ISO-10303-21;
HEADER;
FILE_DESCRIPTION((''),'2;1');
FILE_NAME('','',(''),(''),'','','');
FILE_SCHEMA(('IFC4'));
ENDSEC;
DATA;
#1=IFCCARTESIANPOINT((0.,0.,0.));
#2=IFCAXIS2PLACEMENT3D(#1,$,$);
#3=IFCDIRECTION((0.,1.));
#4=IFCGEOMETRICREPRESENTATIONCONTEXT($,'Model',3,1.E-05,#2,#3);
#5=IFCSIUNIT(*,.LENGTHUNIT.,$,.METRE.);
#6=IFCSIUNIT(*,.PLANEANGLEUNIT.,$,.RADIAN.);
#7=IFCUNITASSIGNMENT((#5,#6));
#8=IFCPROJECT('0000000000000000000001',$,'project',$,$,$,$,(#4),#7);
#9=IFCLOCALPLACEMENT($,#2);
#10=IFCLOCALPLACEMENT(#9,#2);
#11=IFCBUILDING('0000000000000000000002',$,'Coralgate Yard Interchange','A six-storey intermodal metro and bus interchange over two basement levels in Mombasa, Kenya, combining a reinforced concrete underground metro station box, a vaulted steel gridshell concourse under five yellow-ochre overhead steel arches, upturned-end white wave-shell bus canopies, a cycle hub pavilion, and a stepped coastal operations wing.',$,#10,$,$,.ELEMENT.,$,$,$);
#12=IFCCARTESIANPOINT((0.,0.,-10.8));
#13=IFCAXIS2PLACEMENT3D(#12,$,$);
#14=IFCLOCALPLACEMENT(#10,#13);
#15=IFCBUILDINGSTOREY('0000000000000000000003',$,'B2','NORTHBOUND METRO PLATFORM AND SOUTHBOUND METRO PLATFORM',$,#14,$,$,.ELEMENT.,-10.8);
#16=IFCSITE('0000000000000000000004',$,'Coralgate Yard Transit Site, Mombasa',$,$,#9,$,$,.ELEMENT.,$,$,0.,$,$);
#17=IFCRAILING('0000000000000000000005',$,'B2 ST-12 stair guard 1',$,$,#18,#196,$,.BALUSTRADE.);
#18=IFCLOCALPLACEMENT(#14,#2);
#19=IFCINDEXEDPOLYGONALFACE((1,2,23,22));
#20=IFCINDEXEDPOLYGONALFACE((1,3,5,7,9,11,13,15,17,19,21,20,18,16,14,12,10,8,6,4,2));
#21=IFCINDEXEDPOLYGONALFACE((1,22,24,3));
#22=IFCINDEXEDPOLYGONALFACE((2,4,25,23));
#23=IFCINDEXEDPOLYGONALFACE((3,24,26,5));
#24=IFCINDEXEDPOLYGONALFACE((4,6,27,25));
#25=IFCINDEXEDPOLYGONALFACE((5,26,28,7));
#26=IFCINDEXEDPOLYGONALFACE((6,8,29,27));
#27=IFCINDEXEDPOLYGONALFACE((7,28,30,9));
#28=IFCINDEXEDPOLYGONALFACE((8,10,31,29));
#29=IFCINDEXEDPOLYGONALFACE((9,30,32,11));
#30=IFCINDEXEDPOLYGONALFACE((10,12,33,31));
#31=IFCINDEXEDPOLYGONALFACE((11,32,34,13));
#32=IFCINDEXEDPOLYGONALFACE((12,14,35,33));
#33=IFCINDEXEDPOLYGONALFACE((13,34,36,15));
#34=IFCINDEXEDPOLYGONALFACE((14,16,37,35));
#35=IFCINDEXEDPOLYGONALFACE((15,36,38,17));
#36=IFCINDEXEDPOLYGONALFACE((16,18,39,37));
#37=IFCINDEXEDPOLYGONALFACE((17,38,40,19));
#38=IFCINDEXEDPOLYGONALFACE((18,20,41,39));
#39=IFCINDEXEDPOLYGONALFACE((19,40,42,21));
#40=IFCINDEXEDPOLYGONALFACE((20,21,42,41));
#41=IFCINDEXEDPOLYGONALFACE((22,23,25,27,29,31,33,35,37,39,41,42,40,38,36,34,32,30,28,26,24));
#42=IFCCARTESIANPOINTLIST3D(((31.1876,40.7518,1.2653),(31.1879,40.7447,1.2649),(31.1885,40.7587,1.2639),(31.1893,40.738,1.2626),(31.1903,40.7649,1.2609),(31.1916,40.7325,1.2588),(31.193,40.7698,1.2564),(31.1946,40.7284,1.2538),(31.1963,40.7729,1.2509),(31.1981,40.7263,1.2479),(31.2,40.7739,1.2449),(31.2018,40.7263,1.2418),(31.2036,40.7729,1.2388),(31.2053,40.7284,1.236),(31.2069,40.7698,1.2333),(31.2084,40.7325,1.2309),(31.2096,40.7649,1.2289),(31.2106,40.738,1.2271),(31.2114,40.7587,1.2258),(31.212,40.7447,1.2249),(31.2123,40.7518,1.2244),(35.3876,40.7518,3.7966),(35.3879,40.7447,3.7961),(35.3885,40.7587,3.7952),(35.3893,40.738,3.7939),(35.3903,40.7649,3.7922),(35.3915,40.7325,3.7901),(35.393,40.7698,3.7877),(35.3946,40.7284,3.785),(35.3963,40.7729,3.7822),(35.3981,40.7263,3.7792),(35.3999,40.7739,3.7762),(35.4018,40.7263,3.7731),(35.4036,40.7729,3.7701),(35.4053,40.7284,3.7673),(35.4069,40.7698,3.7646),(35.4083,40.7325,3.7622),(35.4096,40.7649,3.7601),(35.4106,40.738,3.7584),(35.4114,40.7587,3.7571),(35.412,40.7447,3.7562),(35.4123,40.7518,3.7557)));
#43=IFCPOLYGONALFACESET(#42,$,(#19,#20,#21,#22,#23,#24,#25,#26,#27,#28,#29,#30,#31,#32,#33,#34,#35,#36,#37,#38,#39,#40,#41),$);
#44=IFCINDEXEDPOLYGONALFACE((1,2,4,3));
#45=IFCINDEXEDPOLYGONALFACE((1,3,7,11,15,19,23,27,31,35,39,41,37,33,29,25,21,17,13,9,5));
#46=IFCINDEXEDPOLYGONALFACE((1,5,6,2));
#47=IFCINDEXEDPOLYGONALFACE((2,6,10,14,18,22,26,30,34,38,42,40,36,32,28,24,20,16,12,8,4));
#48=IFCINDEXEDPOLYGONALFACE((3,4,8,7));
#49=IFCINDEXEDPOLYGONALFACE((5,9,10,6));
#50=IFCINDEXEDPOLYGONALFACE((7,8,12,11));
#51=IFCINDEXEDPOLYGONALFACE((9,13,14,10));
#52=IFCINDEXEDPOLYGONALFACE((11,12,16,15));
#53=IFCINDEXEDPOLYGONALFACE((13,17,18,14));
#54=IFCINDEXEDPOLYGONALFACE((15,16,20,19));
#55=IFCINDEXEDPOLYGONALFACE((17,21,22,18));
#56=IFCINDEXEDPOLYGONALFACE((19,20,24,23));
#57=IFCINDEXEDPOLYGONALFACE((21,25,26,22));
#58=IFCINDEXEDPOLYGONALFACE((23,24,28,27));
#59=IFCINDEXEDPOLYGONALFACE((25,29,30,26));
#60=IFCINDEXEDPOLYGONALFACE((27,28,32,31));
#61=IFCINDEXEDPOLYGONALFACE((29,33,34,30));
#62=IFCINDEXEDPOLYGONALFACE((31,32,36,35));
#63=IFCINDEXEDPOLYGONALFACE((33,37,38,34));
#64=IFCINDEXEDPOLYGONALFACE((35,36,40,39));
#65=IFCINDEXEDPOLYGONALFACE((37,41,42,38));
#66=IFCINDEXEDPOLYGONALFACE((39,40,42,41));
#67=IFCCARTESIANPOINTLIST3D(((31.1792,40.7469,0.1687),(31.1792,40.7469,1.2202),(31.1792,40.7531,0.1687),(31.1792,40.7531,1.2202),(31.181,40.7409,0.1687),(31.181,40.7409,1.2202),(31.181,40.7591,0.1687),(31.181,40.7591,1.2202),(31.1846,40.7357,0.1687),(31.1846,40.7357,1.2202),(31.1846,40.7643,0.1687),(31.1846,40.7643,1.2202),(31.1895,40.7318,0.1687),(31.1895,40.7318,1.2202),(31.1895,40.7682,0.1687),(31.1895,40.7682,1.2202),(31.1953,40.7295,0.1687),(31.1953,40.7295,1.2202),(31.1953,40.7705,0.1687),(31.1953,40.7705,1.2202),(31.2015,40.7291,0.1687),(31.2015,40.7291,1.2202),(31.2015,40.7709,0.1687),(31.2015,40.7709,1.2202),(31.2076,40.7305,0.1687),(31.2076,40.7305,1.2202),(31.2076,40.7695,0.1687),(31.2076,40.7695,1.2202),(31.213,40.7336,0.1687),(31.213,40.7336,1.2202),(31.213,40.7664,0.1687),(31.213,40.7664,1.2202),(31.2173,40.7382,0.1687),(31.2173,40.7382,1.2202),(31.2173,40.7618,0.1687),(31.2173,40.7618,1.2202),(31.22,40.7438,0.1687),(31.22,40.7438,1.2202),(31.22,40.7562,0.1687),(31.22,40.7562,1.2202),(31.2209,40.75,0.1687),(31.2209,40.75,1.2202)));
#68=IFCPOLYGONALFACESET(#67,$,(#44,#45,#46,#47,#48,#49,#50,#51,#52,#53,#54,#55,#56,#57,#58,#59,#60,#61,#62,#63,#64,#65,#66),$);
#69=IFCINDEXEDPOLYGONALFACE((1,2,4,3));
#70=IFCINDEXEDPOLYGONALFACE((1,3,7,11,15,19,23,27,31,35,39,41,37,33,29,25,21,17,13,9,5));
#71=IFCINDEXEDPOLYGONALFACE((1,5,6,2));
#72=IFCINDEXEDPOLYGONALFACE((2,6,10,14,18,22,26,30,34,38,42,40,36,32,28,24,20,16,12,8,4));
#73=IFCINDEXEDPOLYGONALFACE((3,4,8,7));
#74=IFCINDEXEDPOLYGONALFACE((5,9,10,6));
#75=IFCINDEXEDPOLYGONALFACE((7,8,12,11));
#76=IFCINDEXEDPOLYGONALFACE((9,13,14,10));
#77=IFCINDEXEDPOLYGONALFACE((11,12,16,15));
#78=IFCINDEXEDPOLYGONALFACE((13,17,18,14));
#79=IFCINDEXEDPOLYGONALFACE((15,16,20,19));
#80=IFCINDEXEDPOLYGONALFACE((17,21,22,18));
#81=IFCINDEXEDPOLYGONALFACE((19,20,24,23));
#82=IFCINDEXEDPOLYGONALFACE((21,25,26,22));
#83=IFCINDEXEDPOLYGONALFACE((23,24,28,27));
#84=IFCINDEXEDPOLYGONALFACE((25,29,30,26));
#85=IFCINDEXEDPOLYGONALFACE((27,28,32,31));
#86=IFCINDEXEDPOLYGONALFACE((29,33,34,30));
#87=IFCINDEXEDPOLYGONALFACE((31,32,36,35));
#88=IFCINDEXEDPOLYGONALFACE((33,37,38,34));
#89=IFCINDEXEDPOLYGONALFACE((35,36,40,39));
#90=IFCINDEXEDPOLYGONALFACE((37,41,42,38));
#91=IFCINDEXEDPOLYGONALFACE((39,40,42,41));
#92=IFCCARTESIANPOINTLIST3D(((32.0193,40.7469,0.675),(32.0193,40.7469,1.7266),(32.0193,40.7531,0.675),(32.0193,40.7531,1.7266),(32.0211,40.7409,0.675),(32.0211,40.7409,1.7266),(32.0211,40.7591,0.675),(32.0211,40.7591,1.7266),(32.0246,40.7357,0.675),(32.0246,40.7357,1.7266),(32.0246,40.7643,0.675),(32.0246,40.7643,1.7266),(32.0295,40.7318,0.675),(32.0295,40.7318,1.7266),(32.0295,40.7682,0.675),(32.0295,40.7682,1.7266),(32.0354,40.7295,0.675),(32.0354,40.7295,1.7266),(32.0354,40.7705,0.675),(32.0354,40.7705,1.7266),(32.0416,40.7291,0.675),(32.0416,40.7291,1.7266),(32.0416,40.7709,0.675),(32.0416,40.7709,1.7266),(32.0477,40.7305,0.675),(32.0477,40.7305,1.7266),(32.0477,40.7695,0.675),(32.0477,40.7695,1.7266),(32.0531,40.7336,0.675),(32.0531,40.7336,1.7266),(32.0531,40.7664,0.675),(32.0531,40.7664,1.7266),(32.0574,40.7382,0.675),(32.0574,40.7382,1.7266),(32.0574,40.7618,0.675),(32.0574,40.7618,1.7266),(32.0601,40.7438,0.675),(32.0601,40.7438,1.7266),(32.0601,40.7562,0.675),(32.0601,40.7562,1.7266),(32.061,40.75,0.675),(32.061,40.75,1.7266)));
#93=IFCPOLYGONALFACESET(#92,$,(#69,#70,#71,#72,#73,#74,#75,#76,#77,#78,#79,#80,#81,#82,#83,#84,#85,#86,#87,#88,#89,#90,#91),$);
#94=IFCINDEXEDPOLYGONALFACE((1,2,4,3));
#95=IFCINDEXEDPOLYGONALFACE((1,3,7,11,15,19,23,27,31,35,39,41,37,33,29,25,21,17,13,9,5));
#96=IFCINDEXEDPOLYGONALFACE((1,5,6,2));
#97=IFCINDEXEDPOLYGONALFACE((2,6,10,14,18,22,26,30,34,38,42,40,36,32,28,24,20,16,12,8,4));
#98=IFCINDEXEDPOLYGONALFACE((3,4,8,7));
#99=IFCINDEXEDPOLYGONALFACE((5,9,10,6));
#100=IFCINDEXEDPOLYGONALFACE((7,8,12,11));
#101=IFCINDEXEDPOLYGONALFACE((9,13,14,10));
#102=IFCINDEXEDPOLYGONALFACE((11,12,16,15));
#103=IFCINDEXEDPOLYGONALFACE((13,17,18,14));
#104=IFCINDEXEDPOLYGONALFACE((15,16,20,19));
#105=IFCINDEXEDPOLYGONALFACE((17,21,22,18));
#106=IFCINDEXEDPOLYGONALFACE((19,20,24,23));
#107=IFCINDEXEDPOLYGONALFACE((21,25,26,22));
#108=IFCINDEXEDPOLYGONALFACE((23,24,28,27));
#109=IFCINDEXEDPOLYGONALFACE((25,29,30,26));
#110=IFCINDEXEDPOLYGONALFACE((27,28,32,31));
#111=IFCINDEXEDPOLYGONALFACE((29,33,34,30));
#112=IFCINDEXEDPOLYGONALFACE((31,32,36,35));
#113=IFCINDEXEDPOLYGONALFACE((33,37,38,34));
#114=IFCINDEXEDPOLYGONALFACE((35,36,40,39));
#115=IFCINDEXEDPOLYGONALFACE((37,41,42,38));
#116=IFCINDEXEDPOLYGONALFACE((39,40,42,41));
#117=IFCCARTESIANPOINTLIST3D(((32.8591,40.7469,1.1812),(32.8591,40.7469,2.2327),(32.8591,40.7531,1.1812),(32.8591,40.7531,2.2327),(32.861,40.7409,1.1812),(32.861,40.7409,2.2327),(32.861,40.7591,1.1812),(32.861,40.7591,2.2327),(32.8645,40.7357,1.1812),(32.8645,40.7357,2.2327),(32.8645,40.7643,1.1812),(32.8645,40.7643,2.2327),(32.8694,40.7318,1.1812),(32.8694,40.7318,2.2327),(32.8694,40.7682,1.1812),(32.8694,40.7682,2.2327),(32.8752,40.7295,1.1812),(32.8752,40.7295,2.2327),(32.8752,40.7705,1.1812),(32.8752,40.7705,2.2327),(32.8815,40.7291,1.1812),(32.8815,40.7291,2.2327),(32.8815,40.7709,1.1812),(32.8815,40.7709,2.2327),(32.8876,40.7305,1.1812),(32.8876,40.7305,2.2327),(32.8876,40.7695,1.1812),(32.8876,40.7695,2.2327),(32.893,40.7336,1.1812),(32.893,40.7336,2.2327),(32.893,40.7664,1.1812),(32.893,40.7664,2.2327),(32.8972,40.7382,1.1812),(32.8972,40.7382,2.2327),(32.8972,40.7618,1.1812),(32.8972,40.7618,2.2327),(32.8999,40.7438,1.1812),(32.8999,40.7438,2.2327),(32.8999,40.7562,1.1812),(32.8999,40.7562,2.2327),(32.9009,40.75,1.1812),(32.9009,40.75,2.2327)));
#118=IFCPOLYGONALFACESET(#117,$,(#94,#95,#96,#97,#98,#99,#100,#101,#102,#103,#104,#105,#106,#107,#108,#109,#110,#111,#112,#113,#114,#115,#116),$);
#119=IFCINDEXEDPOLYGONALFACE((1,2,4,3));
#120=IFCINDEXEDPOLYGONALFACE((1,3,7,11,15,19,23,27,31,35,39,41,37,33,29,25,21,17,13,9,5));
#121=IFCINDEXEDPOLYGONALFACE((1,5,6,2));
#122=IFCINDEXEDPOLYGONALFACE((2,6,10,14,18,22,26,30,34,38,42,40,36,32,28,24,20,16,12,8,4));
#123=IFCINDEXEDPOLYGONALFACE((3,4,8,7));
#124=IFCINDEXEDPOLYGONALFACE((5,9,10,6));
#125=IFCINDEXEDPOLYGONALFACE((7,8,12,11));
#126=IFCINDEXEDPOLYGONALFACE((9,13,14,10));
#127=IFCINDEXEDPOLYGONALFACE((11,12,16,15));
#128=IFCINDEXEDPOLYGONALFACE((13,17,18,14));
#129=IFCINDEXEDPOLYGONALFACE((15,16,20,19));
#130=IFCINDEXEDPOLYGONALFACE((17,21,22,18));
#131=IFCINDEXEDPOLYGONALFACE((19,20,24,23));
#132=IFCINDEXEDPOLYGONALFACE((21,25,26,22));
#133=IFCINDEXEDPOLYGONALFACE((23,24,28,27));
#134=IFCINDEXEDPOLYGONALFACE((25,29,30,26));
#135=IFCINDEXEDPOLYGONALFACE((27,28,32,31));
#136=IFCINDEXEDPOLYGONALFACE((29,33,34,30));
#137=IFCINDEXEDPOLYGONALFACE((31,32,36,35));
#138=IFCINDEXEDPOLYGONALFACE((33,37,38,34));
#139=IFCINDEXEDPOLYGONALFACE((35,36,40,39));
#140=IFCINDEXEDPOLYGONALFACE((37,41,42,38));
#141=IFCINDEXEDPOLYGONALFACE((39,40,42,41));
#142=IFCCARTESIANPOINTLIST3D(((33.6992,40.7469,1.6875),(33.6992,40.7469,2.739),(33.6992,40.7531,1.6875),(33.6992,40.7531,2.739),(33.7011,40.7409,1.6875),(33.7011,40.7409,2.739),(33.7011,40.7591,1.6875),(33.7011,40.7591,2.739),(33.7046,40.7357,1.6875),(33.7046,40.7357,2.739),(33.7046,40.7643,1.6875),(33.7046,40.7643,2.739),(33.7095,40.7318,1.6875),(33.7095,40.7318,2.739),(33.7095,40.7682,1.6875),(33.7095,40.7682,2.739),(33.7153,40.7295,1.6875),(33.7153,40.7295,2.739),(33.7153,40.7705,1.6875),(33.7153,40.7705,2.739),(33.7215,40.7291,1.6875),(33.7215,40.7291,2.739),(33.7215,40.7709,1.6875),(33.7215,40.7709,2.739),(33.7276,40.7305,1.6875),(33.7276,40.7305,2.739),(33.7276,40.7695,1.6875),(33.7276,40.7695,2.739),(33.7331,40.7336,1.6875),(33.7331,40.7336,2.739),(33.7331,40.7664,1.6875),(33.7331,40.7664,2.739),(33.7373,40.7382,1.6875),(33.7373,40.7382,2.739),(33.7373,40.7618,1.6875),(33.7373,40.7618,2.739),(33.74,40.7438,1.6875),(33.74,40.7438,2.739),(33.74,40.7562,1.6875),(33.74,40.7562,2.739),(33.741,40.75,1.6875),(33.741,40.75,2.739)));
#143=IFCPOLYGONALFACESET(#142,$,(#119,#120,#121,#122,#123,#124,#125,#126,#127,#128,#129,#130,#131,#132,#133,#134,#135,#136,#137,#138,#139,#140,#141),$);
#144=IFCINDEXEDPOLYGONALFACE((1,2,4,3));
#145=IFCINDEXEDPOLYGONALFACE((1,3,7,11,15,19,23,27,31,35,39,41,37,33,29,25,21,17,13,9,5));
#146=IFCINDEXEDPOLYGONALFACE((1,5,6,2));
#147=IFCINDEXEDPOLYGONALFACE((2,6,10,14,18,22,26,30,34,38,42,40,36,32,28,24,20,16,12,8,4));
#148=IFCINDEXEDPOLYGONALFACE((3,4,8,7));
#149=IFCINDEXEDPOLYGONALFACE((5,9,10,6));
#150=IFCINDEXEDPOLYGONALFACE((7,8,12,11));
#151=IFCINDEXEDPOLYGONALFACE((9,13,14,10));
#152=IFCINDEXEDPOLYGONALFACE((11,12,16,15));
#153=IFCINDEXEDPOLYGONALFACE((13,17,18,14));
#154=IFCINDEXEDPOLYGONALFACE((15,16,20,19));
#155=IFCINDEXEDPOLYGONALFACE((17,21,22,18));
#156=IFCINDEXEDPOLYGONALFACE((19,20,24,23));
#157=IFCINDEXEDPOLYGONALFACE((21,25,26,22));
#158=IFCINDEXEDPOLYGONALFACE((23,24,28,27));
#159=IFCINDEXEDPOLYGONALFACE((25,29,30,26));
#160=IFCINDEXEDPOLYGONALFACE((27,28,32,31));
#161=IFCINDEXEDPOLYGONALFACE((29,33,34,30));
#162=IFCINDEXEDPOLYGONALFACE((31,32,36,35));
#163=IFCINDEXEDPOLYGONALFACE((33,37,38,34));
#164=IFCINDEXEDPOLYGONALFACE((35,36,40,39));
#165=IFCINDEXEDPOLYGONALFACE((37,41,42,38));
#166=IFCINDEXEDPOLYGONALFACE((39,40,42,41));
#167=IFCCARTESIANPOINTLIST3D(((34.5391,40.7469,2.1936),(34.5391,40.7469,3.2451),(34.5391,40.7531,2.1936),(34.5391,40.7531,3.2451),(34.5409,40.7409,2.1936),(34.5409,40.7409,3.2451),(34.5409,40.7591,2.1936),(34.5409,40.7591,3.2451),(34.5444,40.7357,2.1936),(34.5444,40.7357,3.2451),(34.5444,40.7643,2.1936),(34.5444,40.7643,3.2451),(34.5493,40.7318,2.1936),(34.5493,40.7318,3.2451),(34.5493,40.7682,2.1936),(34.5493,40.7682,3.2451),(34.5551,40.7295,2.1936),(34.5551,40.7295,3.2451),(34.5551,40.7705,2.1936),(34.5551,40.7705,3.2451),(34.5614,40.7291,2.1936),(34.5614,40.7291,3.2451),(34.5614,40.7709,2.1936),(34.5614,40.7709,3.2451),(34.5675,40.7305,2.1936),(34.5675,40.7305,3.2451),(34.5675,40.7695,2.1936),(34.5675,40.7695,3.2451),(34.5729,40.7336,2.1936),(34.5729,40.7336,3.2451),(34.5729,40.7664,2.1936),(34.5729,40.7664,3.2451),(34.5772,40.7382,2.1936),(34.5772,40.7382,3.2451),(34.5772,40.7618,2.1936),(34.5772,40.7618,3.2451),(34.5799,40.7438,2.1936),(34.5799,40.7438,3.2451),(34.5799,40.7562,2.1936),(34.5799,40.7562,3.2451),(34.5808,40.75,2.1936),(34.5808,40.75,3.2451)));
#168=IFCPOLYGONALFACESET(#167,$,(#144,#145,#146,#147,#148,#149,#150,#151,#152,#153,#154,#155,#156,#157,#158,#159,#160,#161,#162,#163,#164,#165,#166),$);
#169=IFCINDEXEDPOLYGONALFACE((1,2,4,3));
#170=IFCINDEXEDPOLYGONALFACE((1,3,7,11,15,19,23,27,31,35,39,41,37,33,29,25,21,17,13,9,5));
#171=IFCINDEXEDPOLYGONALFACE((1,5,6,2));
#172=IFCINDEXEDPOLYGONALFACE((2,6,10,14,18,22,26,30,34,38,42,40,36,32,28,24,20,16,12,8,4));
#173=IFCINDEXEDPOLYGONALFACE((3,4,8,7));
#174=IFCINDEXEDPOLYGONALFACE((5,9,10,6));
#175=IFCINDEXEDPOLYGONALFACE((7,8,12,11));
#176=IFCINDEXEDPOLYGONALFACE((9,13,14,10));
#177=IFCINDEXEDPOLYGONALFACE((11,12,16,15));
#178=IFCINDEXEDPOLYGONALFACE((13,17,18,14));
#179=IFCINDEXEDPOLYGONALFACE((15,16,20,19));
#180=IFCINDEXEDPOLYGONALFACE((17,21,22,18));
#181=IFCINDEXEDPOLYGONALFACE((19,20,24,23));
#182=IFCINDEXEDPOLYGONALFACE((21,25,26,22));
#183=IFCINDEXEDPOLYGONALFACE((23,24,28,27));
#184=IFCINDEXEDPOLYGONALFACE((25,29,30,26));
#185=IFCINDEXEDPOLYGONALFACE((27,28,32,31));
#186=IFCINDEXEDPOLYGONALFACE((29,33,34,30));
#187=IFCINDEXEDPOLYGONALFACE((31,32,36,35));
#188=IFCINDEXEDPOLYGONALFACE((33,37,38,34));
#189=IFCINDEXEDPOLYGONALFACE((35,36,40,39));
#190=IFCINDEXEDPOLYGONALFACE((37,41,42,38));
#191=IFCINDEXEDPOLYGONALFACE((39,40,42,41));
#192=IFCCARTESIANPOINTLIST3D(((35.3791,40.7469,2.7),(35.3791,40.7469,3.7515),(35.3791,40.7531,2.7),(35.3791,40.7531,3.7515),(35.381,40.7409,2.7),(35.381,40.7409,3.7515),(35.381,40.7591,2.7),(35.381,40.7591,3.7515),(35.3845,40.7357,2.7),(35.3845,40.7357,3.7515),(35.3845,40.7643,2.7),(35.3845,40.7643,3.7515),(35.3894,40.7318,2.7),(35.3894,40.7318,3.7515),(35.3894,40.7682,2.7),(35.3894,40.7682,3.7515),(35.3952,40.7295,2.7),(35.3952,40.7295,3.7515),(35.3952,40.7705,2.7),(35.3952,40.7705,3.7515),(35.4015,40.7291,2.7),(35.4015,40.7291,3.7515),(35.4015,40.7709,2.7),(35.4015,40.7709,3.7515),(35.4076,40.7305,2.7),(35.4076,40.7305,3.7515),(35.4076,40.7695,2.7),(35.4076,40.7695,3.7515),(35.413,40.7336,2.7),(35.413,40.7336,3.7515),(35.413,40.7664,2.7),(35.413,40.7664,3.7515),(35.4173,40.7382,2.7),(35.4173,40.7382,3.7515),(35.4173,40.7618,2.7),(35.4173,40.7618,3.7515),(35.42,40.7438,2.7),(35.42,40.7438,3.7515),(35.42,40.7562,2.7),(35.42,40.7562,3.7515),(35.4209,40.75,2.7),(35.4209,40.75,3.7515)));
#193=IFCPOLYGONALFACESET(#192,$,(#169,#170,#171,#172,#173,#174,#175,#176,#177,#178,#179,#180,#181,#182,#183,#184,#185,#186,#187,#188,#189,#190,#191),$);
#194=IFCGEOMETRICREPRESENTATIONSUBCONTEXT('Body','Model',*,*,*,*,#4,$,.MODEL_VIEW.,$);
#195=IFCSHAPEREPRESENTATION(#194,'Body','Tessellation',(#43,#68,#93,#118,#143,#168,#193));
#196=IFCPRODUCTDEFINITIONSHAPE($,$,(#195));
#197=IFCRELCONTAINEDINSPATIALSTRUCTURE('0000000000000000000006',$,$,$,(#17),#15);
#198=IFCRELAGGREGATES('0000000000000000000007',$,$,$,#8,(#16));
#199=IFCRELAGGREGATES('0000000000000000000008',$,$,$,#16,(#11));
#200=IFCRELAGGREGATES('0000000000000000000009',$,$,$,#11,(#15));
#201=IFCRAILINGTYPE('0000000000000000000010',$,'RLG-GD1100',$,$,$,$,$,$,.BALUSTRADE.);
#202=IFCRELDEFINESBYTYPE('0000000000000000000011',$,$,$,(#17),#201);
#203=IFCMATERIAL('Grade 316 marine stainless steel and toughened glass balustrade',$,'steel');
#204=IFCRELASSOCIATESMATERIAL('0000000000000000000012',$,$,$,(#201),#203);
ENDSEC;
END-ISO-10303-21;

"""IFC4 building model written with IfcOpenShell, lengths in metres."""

from ifc_helpers import new_model, si_unit, direction, frame, origin, origin_2d, place, context, subcontext, project, spatial, circle, extrude, material, type_object, element, save


model = new_model("IFC4")

# Units and contexts
model_context = context("Model", 3, precision=1e-05, world=origin(), true_north=direction((0.0, 1.0)))
body_context = subcontext(model_context, "Body", "Model", "MODEL_VIEW")
ifc_project = project(units=[si_unit("LENGTHUNIT", "METRE"), si_unit("PLANEANGLEUNIT", "RADIAN")], contexts=[model_context])

# Site, building, storey
site_placement = place(None, origin())
site = spatial("IfcSite", under=ifc_project, at=site_placement, Name="Coralgate Yard Transit Site, Mombasa", CompositionType="ELEMENT", RefElevation=0.0)
building_placement = place(site_placement, origin())
building = spatial("IfcBuilding", under=site, at=building_placement, Name="Coralgate Yard Interchange", Description="A six-storey intermodal metro and bus interchange over two basement levels in Mombasa, Kenya, combining a reinforced concrete underground metro station box, a vaulted steel gridshell concourse under five yellow-ochre overhead steel arches, upturned-end white wave-shell bus canopies, a cycle hub pavilion, and a stepped coastal operations wing.", CompositionType="ELEMENT")
storey_placement = place(building_placement, frame((0.0, 0.0, -10.8)))
storey = spatial("IfcBuildingStorey", under=building, at=storey_placement, Name="B2", Description="NORTHBOUND METRO PLATFORM AND SOUTHBOUND METRO PLATFORM", CompositionType="ELEMENT", Elevation=-10.8)

# Railing
ifc_material_1 = material(Name="Grade 316 marine stainless steel and toughened glass balustrade", Category="steel")
railing_type_1 = type_object("IfcRailingType", Name="RLG-GD1100", PredefinedType="BALUSTRADE", material=ifc_material_1)
railing_1_placement = place(storey_placement, frame((31.2, 40.75, 0.1687)))
element("IfcRailing", 1, at=railing_1_placement, inside=storey, type_object=railing_type_1, Name="B2 ST-12 stair guard 1", PredefinedType="BALUSTRADE", context=body_context, shape_type="SweptSolid", body=[
    extrude(circle(Radius=0.0239, at=origin_2d()), frame((0.0, 0.0, 1.0762), z_axis=(0.856476, 0.0, 0.516186), x_axis=(0.0, 1.0, 0.0)), (0.0, 0.0, 1.0), 4.9038),
    extrude(circle(Radius=0.021, at=origin_2d()), origin(), (0.0, 0.0, 1.0), 1.0515),
    extrude(circle(Radius=0.021, at=origin_2d()), frame((0.8401, 0.0, 0.5063)), (0.0, 0.0, 1.0), 1.0515),
    extrude(circle(Radius=0.021, at=origin_2d()), frame((1.6799, 0.0, 1.0125)), (0.0, 0.0, 1.0), 1.0515),
    extrude(circle(Radius=0.021, at=origin_2d()), frame((2.52, 0.0, 1.5188)), (0.0, 0.0, 1.0), 1.0515),
    extrude(circle(Radius=0.021, at=origin_2d()), frame((3.3599, 0.0, 2.0249)), (0.0, 0.0, 1.0), 1.0515),
    extrude(circle(Radius=0.021, at=origin_2d()), frame((4.2, 0.0, 2.5312)), (0.0, 0.0, 1.0), 1.0515),
])

save(model, "model.ifc")
